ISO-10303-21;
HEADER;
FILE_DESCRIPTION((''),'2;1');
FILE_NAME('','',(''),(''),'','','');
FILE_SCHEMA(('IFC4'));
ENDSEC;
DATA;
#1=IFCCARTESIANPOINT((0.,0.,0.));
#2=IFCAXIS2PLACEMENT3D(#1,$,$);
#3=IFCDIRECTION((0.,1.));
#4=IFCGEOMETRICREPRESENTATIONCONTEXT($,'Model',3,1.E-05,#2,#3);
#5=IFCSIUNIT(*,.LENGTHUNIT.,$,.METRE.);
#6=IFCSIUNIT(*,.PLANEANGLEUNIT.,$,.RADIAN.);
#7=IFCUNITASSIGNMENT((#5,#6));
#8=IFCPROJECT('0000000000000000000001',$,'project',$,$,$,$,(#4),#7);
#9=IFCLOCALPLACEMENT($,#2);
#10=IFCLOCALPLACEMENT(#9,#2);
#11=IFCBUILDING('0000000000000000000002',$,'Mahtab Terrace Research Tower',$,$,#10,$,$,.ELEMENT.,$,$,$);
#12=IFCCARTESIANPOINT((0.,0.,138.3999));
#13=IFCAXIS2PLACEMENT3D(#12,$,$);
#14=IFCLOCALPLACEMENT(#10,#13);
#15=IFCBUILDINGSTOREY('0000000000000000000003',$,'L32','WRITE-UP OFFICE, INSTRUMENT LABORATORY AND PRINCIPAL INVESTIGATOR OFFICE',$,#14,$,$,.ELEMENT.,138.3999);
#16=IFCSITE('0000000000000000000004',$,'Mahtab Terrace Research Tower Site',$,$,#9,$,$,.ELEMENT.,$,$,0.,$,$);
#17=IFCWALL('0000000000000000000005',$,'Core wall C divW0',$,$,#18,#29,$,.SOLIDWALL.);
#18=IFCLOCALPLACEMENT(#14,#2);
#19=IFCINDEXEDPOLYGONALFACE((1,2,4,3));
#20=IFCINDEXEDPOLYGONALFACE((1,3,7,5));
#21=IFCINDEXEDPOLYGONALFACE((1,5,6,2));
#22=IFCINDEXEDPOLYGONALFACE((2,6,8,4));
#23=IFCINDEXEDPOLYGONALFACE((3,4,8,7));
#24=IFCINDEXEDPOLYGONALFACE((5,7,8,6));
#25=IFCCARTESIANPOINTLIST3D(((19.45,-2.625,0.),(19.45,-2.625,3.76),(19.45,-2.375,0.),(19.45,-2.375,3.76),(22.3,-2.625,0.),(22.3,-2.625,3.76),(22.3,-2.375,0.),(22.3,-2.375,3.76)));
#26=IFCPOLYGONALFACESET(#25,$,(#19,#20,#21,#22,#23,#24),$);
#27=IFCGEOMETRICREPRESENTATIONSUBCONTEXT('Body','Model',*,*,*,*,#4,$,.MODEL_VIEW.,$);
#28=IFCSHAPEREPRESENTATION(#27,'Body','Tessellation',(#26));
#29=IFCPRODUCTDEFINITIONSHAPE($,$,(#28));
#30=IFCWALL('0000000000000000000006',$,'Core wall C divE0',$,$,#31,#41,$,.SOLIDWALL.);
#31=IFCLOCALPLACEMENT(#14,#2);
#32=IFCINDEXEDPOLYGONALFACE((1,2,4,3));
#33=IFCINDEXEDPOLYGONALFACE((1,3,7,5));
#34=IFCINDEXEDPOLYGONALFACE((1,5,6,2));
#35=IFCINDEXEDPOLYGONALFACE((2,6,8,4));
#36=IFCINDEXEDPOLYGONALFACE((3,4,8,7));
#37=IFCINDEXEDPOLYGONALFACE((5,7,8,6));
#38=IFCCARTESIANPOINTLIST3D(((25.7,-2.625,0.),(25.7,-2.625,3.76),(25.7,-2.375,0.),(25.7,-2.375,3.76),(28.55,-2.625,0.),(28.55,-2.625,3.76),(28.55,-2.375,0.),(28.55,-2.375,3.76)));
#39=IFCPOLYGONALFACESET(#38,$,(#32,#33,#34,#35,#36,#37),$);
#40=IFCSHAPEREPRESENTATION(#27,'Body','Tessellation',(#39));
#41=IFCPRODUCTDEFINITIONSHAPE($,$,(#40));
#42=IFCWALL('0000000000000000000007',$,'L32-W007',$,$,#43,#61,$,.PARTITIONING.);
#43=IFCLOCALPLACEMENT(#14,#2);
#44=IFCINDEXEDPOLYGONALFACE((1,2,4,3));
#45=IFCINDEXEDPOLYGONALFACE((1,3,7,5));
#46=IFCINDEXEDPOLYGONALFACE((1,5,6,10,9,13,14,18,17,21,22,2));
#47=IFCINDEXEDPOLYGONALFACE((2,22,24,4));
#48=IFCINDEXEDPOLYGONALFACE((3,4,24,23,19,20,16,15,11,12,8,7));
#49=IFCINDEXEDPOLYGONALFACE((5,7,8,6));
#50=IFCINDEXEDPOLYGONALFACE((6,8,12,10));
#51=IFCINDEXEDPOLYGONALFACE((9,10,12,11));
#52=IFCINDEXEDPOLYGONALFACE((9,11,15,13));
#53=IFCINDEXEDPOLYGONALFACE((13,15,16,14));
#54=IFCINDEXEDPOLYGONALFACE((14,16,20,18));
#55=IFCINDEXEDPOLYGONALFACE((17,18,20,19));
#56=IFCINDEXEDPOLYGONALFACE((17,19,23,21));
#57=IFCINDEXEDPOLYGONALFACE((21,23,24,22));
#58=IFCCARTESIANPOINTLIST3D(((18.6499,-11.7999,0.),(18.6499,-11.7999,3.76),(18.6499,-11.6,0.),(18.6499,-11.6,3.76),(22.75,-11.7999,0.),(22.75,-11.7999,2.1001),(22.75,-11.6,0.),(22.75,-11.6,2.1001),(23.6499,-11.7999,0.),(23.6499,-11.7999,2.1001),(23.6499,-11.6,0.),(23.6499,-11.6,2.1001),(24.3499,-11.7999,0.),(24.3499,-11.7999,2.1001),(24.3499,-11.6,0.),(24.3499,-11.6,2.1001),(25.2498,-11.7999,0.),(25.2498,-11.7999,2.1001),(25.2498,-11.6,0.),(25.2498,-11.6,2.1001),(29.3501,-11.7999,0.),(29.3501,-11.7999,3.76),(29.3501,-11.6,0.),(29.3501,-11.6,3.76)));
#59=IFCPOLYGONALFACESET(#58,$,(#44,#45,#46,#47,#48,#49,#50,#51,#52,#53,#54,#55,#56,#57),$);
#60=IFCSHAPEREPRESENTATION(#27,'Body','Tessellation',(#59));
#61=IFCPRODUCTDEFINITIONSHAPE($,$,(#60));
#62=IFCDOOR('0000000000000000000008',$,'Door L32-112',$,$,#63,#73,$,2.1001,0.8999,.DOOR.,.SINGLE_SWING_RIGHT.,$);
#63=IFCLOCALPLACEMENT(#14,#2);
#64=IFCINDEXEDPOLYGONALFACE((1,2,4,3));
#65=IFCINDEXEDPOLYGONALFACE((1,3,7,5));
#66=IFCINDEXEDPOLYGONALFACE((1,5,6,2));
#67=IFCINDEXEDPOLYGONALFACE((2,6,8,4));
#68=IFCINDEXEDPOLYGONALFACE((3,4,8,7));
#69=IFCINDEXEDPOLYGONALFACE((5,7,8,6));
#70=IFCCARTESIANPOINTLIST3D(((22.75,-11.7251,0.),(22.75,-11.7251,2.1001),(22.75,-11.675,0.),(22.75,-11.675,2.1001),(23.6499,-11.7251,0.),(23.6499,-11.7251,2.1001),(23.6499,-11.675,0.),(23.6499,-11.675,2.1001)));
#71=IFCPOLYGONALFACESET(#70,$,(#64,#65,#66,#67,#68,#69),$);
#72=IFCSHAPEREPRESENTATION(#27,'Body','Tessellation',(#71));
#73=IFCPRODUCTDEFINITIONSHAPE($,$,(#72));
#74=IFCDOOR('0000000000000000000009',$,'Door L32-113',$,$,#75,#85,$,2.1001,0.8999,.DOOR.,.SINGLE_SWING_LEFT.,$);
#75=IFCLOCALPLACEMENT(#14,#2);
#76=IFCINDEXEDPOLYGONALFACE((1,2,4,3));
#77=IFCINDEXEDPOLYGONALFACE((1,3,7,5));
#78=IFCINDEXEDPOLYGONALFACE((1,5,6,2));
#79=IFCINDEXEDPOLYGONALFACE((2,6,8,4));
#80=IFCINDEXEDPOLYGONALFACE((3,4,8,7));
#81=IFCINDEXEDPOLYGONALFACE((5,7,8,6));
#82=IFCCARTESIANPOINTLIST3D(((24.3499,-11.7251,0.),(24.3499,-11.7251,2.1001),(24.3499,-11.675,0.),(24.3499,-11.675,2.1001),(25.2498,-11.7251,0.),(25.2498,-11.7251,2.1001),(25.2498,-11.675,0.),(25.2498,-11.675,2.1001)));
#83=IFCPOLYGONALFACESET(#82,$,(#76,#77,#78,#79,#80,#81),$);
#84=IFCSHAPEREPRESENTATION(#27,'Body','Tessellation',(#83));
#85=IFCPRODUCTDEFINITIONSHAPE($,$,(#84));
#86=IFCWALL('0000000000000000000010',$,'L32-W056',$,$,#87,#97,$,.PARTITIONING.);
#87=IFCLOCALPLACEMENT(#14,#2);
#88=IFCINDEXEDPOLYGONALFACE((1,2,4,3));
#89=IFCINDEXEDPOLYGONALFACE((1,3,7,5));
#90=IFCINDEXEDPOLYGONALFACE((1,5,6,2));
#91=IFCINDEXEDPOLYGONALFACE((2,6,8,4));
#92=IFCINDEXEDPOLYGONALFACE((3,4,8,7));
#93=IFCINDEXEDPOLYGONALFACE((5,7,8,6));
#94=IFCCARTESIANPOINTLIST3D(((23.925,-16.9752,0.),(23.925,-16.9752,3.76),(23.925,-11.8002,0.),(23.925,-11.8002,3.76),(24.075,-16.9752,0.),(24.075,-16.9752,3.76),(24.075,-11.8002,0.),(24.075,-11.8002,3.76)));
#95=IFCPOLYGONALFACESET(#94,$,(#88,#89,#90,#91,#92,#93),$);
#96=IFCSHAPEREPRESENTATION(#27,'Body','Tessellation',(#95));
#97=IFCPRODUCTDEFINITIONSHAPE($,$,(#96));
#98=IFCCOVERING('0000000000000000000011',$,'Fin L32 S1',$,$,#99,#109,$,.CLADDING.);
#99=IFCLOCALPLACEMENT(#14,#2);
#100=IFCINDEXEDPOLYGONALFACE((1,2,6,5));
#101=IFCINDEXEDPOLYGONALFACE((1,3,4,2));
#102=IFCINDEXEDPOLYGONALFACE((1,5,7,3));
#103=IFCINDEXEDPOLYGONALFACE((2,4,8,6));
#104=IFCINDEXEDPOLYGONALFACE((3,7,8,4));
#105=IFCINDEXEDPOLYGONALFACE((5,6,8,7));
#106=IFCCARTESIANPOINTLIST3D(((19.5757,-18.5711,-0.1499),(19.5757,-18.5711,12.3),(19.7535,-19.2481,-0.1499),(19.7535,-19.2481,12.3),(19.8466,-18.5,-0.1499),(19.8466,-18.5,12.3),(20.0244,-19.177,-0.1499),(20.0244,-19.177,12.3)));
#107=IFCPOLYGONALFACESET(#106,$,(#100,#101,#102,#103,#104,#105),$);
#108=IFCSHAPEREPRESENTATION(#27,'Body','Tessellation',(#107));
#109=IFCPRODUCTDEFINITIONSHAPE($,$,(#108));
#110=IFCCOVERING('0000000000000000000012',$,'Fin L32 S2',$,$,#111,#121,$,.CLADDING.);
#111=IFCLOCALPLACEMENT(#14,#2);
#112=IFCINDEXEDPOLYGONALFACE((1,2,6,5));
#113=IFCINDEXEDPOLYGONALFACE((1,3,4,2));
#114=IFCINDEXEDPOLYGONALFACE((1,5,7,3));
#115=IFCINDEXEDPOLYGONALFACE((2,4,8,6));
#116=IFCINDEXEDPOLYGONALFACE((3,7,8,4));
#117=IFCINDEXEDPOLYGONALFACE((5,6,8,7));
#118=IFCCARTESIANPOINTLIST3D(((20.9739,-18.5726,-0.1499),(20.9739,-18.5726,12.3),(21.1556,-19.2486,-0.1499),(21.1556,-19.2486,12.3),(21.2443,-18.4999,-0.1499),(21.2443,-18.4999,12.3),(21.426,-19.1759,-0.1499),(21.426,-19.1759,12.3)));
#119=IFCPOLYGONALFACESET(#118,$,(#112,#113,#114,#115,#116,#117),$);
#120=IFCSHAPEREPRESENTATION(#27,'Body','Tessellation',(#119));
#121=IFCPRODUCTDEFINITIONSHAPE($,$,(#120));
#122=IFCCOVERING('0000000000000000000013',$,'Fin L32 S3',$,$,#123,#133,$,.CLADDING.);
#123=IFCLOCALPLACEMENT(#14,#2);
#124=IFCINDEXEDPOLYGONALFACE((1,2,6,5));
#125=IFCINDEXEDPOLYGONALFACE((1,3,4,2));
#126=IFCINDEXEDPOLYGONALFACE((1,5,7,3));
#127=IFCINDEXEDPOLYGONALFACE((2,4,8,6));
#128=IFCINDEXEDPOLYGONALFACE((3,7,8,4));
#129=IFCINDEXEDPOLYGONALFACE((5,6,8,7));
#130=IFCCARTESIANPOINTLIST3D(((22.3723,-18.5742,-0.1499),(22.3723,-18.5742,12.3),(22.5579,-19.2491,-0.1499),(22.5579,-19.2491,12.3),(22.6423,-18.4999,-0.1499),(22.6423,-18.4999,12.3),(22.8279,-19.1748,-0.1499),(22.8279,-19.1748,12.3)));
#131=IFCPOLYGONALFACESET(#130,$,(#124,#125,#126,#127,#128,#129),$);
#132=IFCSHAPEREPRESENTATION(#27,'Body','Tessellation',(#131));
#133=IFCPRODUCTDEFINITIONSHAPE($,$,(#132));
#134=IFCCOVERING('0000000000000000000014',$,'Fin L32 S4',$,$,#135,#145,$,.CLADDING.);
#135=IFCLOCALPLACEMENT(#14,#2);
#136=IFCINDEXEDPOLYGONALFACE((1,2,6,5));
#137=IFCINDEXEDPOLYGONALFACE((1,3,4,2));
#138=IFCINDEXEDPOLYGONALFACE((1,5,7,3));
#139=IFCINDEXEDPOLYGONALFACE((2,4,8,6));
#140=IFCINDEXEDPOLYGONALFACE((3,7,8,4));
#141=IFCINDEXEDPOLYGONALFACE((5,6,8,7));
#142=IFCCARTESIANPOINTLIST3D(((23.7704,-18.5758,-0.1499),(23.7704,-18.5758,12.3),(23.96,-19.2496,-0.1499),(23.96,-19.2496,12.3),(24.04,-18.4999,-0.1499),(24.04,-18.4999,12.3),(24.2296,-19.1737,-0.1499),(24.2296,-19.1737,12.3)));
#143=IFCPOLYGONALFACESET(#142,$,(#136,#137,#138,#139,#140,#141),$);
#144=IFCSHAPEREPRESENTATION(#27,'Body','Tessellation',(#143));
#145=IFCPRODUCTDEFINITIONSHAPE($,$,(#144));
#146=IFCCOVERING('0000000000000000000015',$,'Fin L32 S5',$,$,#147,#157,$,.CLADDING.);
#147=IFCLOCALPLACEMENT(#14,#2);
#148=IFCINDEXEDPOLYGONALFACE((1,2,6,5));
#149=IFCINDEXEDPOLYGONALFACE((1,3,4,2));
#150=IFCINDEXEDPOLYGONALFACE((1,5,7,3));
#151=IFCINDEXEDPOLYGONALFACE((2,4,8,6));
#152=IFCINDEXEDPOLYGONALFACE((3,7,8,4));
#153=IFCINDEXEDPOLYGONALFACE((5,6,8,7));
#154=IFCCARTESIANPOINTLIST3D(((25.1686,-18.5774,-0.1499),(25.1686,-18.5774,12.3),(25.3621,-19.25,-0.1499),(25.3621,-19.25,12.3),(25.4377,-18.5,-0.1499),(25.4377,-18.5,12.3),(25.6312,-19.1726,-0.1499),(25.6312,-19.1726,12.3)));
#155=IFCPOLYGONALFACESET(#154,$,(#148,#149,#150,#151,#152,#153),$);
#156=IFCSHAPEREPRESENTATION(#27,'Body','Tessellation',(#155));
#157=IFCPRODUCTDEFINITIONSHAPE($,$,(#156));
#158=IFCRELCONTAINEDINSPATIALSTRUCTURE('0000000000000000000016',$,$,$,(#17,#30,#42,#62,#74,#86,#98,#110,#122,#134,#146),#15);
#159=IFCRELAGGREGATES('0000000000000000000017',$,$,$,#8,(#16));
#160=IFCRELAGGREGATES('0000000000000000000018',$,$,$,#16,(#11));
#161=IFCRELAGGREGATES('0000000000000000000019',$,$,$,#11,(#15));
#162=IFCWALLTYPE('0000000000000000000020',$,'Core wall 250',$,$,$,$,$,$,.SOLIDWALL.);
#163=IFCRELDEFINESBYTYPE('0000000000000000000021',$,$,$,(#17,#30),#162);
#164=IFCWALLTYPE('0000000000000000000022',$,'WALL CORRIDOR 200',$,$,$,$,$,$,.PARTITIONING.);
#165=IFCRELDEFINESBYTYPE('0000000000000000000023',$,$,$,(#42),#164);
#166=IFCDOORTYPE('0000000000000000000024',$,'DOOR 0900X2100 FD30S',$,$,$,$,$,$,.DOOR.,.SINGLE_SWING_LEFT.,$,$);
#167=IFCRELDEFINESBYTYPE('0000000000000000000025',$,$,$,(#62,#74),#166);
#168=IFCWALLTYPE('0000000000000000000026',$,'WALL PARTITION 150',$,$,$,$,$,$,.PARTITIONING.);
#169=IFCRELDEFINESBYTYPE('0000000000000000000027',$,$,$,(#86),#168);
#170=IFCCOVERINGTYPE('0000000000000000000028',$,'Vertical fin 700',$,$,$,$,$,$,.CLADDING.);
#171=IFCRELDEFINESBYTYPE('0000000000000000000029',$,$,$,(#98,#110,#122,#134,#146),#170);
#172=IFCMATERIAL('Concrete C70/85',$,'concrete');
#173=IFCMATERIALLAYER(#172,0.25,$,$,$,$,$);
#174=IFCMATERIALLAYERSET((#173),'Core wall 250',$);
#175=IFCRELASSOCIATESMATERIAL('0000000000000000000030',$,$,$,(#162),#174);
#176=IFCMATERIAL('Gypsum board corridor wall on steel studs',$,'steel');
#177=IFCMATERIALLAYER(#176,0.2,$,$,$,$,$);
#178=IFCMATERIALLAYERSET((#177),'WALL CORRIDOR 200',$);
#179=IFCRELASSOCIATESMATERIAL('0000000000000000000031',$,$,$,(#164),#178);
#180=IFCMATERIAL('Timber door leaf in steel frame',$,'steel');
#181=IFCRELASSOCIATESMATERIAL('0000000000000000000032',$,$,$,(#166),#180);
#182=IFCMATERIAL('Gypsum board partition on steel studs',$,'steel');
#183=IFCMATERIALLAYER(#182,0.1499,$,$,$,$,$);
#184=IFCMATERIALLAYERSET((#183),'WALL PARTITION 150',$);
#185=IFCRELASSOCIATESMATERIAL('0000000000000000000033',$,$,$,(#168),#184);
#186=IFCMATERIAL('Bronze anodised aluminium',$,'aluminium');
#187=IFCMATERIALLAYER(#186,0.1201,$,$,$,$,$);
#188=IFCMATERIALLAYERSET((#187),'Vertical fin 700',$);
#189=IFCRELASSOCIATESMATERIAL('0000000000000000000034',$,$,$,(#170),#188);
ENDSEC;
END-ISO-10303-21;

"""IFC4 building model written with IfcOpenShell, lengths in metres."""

from ifc_helpers import new_model, si_unit, direction, frame, frame_2d, origin, origin_2d, place, context, subcontext, project, spatial, rectangle, extrude, material, layer, layer_set, type_object, element, fill, save


model = new_model("IFC4")

# Units and contexts
model_context = context("Model", 3, precision=1e-05, world=origin(), true_north=direction((0.0, 1.0)))
body_context = subcontext(model_context, "Body", "Model", "MODEL_VIEW")
ifc_project = project(units=[si_unit("LENGTHUNIT", "METRE"), si_unit("PLANEANGLEUNIT", "RADIAN")], contexts=[model_context])

# Site, building, storey
site_placement = place(None, origin())
site = spatial("IfcSite", under=ifc_project, at=site_placement, Name="Mahtab Terrace Research Tower Site", CompositionType="ELEMENT", RefElevation=0.0)
building_placement = place(site_placement, origin())
building = spatial("IfcBuilding", under=site, at=building_placement, Name="Mahtab Terrace Research Tower", CompositionType="ELEMENT")
storey_placement = place(building_placement, frame((0.0, 0.0, 138.3999)))
storey = spatial("IfcBuildingStorey", under=building, at=storey_placement, Name="L32", Description="WRITE-UP OFFICE, INSTRUMENT LABORATORY AND PRINCIPAL INVESTIGATOR OFFICE", CompositionType="ELEMENT", Elevation=138.3999)

# Shared definitions
ifc_material_1 = material(Name="Concrete C70/85", Category="concrete")
ifc_layer_1 = layer(ifc_material_1, 0.25)
ifc_layer_set_1 = layer_set([ifc_layer_1], Name="Core wall 250")
wall_type_1 = type_object("IfcWallType", Name="Core wall 250", PredefinedType="SOLIDWALL", material=ifc_layer_set_1)

# Walls
for number, where, z_axis, x_axis, name in (
    (1, (19.45, -2.5, 0.0), (0.0, 0.0, 1.0), (1.0, 0.0, 0.0), "Core wall C divW0"),
    (2, (25.7, -2.5, 0.0), (0.0, 0.0, 1.0), (1.0, 0.0, 0.0), "Core wall C divE0"),
):
    element("IfcWall", number, at=place(storey_placement, frame(where, z_axis=z_axis, x_axis=x_axis)), inside=storey, type_object=wall_type_1, Name=name, PredefinedType="SOLIDWALL", context=body_context, shape_type="SweptSolid", body=[
        extrude(rectangle(XDim=2.8501, YDim=0.25, at=frame_2d((1.425, 0.0))), origin(), (0.0, 0.0, 1.0), 3.76),
    ])

# Wall, openings, doors
ifc_material_2 = material(Name="Gypsum board corridor wall on steel studs", Category="steel")
ifc_layer_2 = layer(ifc_material_2, 0.2)
ifc_layer_set_2 = layer_set([ifc_layer_2], Name="WALL CORRIDOR 200")
wall_type_2 = type_object("IfcWallType", Name="WALL CORRIDOR 200", PredefinedType="PARTITIONING", material=ifc_layer_set_2)
wall_1_placement = place(storey_placement, frame((18.6499, -11.7, 0.0), z_axis=(0.0, 0.0, 1.0), x_axis=(1.0, 0.0, 0.0)))
wall_1 = element("IfcWall", 3, at=wall_1_placement, inside=storey, type_object=wall_type_2, Name="L32-W007", PredefinedType="PARTITIONING", context=body_context, shape_type="SweptSolid", body=[
    extrude(rectangle(XDim=10.7002, YDim=0.2, at=frame_2d((5.3501, 0.0))), origin(), (0.0, 0.0, 1.0), 3.76),
])
opening_1_placement = place(wall_1_placement, frame((4.1001, 0.0, 0.0)))
opening_1 = element("IfcOpeningElement", 4, at=opening_1_placement, cuts=wall_1, PredefinedType="OPENING", context=body_context, shape_type="SweptSolid", body=[
    extrude(rectangle(XDim=0.8999, YDim=2.1001, at=frame_2d((0.45, 1.05))), frame((0.0, 0.1099, 0.0), z_axis=(0.0, -1.0, 0.0), x_axis=(1.0, 0.0, 0.0)), (0.0, 0.0, 1.0), 0.22),
])
opening_2_placement = place(wall_1_placement, frame((5.7, 0.0, 0.0)))
opening_2 = element("IfcOpeningElement", 5, at=opening_2_placement, cuts=wall_1, PredefinedType="OPENING", context=body_context, shape_type="SweptSolid", body=[
    extrude(rectangle(XDim=0.8999, YDim=2.1001, at=frame_2d((0.45, 1.05))), frame((0.0, 0.1099, 0.0), z_axis=(0.0, -1.0, 0.0), x_axis=(1.0, 0.0, 0.0)), (0.0, 0.0, 1.0), 0.22),
])
ifc_material_3 = material(Name="Timber door leaf in steel frame", Category="steel")
door_type_1 = type_object("IfcDoorType", Name="DOOR 0900X2100 FD30S", OperationType="SINGLE_SWING_LEFT", PredefinedType="DOOR", material=ifc_material_3)
door_1_placement = place(opening_1_placement, origin())
door_1 = element("IfcDoor", 6, at=door_1_placement, inside=storey, type_object=door_type_1, Name="Door L32-112", OperationType="SINGLE_SWING_RIGHT", OverallHeight=2.1001, OverallWidth=0.8999, PredefinedType="DOOR", context=body_context, shape_type="SweptSolid", body=[
    extrude(rectangle(XDim=0.8999, YDim=2.1001, at=frame_2d((0.45, 1.05))), frame((0.0, 0.0249, 0.0), z_axis=(0.0, -1.0, 0.0), x_axis=(1.0, 0.0, 0.0)), (0.0, 0.0, 1.0), 0.05),
])
fill(opening_1, door_1)
door_2_placement = place(opening_2_placement, origin())
door_2 = element("IfcDoor", 7, at=door_2_placement, inside=storey, type_object=door_type_1, Name="Door L32-113", OperationType="SINGLE_SWING_LEFT", OverallHeight=2.1001, OverallWidth=0.8999, PredefinedType="DOOR", context=body_context, shape_type="SweptSolid", body=[
    extrude(rectangle(XDim=0.8999, YDim=2.1001, at=frame_2d((0.45, 1.05))), frame((0.0, 0.0249, 0.0), z_axis=(0.0, -1.0, 0.0), x_axis=(1.0, 0.0, 0.0)), (0.0, 0.0, 1.0), 0.05),
])
fill(opening_2, door_2)

# Wall
ifc_material_4 = material(Name="Gypsum board partition on steel studs", Category="steel")
ifc_layer_3 = layer(ifc_material_4, 0.1499)
ifc_layer_set_3 = layer_set([ifc_layer_3], Name="WALL PARTITION 150")
wall_type_3 = type_object("IfcWallType", Name="WALL PARTITION 150", PredefinedType="PARTITIONING", material=ifc_layer_set_3)
wall_2_placement = place(storey_placement, frame((24.0, -16.9751, 0.0), z_axis=(0.0, 0.0, 1.0), x_axis=(0.0, 1.0, 0.0)))
element("IfcWall", 8, at=wall_2_placement, inside=storey, type_object=wall_type_3, Name="L32-W056", PredefinedType="PARTITIONING", context=body_context, shape_type="SweptSolid", body=[
    extrude(rectangle(XDim=5.175, YDim=0.1499, at=frame_2d((2.5874, 0.0))), origin(), (0.0, 0.0, 1.0), 3.76),
])

# Coverings
ifc_material_5 = material(Name="Bronze anodised aluminium", Category="aluminium")
ifc_layer_4 = layer(ifc_material_5, 0.1201)
ifc_layer_set_4 = layer_set([ifc_layer_4], Name="Vertical fin 700")
covering_type = type_object("IfcCoveringType", Name="Vertical fin 700", PredefinedType="CLADDING", material=ifc_layer_set_4)
for number, where, z_axis, x_axis, name in (
    (9, (19.8, -18.874, -0.1499), (0.0, 0.0, 1.0), (0.967204, 0.253999, 0.0), "Fin L32 S1"),
    (10, (21.2, -18.8743, -0.1499), (0.0, 0.0, 1.0), (0.96571, 0.259622, 0.0), "Fin L32 S2"),
    (11, (22.6001, -18.8745, -0.1499), (0.0, 0.0, 1.0), (0.964184, 0.265236, 0.0), "Fin L32 S3"),
    (12, (24.0, -18.8748, -0.1499), (0.0, 0.0, 1.0), (0.962624, 0.27084, 0.0), "Fin L32 S4"),
    (13, (25.3999, -18.875, -0.1499), (0.0, 0.0, 1.0), (0.961032, 0.276436, 0.0), "Fin L32 S5"),
):
    element("IfcCovering", number, at=place(storey_placement, frame(where, z_axis=z_axis, x_axis=x_axis)), inside=storey, type_object=covering_type, Name=name, PredefinedType="CLADDING", context=body_context, shape_type="SweptSolid", body=[
        extrude(rectangle(XDim=0.28, YDim=0.7, at=origin_2d()), origin(), (0.0, 0.0, 1.0), 12.45),
    ])

save(model, "model.ifc")
